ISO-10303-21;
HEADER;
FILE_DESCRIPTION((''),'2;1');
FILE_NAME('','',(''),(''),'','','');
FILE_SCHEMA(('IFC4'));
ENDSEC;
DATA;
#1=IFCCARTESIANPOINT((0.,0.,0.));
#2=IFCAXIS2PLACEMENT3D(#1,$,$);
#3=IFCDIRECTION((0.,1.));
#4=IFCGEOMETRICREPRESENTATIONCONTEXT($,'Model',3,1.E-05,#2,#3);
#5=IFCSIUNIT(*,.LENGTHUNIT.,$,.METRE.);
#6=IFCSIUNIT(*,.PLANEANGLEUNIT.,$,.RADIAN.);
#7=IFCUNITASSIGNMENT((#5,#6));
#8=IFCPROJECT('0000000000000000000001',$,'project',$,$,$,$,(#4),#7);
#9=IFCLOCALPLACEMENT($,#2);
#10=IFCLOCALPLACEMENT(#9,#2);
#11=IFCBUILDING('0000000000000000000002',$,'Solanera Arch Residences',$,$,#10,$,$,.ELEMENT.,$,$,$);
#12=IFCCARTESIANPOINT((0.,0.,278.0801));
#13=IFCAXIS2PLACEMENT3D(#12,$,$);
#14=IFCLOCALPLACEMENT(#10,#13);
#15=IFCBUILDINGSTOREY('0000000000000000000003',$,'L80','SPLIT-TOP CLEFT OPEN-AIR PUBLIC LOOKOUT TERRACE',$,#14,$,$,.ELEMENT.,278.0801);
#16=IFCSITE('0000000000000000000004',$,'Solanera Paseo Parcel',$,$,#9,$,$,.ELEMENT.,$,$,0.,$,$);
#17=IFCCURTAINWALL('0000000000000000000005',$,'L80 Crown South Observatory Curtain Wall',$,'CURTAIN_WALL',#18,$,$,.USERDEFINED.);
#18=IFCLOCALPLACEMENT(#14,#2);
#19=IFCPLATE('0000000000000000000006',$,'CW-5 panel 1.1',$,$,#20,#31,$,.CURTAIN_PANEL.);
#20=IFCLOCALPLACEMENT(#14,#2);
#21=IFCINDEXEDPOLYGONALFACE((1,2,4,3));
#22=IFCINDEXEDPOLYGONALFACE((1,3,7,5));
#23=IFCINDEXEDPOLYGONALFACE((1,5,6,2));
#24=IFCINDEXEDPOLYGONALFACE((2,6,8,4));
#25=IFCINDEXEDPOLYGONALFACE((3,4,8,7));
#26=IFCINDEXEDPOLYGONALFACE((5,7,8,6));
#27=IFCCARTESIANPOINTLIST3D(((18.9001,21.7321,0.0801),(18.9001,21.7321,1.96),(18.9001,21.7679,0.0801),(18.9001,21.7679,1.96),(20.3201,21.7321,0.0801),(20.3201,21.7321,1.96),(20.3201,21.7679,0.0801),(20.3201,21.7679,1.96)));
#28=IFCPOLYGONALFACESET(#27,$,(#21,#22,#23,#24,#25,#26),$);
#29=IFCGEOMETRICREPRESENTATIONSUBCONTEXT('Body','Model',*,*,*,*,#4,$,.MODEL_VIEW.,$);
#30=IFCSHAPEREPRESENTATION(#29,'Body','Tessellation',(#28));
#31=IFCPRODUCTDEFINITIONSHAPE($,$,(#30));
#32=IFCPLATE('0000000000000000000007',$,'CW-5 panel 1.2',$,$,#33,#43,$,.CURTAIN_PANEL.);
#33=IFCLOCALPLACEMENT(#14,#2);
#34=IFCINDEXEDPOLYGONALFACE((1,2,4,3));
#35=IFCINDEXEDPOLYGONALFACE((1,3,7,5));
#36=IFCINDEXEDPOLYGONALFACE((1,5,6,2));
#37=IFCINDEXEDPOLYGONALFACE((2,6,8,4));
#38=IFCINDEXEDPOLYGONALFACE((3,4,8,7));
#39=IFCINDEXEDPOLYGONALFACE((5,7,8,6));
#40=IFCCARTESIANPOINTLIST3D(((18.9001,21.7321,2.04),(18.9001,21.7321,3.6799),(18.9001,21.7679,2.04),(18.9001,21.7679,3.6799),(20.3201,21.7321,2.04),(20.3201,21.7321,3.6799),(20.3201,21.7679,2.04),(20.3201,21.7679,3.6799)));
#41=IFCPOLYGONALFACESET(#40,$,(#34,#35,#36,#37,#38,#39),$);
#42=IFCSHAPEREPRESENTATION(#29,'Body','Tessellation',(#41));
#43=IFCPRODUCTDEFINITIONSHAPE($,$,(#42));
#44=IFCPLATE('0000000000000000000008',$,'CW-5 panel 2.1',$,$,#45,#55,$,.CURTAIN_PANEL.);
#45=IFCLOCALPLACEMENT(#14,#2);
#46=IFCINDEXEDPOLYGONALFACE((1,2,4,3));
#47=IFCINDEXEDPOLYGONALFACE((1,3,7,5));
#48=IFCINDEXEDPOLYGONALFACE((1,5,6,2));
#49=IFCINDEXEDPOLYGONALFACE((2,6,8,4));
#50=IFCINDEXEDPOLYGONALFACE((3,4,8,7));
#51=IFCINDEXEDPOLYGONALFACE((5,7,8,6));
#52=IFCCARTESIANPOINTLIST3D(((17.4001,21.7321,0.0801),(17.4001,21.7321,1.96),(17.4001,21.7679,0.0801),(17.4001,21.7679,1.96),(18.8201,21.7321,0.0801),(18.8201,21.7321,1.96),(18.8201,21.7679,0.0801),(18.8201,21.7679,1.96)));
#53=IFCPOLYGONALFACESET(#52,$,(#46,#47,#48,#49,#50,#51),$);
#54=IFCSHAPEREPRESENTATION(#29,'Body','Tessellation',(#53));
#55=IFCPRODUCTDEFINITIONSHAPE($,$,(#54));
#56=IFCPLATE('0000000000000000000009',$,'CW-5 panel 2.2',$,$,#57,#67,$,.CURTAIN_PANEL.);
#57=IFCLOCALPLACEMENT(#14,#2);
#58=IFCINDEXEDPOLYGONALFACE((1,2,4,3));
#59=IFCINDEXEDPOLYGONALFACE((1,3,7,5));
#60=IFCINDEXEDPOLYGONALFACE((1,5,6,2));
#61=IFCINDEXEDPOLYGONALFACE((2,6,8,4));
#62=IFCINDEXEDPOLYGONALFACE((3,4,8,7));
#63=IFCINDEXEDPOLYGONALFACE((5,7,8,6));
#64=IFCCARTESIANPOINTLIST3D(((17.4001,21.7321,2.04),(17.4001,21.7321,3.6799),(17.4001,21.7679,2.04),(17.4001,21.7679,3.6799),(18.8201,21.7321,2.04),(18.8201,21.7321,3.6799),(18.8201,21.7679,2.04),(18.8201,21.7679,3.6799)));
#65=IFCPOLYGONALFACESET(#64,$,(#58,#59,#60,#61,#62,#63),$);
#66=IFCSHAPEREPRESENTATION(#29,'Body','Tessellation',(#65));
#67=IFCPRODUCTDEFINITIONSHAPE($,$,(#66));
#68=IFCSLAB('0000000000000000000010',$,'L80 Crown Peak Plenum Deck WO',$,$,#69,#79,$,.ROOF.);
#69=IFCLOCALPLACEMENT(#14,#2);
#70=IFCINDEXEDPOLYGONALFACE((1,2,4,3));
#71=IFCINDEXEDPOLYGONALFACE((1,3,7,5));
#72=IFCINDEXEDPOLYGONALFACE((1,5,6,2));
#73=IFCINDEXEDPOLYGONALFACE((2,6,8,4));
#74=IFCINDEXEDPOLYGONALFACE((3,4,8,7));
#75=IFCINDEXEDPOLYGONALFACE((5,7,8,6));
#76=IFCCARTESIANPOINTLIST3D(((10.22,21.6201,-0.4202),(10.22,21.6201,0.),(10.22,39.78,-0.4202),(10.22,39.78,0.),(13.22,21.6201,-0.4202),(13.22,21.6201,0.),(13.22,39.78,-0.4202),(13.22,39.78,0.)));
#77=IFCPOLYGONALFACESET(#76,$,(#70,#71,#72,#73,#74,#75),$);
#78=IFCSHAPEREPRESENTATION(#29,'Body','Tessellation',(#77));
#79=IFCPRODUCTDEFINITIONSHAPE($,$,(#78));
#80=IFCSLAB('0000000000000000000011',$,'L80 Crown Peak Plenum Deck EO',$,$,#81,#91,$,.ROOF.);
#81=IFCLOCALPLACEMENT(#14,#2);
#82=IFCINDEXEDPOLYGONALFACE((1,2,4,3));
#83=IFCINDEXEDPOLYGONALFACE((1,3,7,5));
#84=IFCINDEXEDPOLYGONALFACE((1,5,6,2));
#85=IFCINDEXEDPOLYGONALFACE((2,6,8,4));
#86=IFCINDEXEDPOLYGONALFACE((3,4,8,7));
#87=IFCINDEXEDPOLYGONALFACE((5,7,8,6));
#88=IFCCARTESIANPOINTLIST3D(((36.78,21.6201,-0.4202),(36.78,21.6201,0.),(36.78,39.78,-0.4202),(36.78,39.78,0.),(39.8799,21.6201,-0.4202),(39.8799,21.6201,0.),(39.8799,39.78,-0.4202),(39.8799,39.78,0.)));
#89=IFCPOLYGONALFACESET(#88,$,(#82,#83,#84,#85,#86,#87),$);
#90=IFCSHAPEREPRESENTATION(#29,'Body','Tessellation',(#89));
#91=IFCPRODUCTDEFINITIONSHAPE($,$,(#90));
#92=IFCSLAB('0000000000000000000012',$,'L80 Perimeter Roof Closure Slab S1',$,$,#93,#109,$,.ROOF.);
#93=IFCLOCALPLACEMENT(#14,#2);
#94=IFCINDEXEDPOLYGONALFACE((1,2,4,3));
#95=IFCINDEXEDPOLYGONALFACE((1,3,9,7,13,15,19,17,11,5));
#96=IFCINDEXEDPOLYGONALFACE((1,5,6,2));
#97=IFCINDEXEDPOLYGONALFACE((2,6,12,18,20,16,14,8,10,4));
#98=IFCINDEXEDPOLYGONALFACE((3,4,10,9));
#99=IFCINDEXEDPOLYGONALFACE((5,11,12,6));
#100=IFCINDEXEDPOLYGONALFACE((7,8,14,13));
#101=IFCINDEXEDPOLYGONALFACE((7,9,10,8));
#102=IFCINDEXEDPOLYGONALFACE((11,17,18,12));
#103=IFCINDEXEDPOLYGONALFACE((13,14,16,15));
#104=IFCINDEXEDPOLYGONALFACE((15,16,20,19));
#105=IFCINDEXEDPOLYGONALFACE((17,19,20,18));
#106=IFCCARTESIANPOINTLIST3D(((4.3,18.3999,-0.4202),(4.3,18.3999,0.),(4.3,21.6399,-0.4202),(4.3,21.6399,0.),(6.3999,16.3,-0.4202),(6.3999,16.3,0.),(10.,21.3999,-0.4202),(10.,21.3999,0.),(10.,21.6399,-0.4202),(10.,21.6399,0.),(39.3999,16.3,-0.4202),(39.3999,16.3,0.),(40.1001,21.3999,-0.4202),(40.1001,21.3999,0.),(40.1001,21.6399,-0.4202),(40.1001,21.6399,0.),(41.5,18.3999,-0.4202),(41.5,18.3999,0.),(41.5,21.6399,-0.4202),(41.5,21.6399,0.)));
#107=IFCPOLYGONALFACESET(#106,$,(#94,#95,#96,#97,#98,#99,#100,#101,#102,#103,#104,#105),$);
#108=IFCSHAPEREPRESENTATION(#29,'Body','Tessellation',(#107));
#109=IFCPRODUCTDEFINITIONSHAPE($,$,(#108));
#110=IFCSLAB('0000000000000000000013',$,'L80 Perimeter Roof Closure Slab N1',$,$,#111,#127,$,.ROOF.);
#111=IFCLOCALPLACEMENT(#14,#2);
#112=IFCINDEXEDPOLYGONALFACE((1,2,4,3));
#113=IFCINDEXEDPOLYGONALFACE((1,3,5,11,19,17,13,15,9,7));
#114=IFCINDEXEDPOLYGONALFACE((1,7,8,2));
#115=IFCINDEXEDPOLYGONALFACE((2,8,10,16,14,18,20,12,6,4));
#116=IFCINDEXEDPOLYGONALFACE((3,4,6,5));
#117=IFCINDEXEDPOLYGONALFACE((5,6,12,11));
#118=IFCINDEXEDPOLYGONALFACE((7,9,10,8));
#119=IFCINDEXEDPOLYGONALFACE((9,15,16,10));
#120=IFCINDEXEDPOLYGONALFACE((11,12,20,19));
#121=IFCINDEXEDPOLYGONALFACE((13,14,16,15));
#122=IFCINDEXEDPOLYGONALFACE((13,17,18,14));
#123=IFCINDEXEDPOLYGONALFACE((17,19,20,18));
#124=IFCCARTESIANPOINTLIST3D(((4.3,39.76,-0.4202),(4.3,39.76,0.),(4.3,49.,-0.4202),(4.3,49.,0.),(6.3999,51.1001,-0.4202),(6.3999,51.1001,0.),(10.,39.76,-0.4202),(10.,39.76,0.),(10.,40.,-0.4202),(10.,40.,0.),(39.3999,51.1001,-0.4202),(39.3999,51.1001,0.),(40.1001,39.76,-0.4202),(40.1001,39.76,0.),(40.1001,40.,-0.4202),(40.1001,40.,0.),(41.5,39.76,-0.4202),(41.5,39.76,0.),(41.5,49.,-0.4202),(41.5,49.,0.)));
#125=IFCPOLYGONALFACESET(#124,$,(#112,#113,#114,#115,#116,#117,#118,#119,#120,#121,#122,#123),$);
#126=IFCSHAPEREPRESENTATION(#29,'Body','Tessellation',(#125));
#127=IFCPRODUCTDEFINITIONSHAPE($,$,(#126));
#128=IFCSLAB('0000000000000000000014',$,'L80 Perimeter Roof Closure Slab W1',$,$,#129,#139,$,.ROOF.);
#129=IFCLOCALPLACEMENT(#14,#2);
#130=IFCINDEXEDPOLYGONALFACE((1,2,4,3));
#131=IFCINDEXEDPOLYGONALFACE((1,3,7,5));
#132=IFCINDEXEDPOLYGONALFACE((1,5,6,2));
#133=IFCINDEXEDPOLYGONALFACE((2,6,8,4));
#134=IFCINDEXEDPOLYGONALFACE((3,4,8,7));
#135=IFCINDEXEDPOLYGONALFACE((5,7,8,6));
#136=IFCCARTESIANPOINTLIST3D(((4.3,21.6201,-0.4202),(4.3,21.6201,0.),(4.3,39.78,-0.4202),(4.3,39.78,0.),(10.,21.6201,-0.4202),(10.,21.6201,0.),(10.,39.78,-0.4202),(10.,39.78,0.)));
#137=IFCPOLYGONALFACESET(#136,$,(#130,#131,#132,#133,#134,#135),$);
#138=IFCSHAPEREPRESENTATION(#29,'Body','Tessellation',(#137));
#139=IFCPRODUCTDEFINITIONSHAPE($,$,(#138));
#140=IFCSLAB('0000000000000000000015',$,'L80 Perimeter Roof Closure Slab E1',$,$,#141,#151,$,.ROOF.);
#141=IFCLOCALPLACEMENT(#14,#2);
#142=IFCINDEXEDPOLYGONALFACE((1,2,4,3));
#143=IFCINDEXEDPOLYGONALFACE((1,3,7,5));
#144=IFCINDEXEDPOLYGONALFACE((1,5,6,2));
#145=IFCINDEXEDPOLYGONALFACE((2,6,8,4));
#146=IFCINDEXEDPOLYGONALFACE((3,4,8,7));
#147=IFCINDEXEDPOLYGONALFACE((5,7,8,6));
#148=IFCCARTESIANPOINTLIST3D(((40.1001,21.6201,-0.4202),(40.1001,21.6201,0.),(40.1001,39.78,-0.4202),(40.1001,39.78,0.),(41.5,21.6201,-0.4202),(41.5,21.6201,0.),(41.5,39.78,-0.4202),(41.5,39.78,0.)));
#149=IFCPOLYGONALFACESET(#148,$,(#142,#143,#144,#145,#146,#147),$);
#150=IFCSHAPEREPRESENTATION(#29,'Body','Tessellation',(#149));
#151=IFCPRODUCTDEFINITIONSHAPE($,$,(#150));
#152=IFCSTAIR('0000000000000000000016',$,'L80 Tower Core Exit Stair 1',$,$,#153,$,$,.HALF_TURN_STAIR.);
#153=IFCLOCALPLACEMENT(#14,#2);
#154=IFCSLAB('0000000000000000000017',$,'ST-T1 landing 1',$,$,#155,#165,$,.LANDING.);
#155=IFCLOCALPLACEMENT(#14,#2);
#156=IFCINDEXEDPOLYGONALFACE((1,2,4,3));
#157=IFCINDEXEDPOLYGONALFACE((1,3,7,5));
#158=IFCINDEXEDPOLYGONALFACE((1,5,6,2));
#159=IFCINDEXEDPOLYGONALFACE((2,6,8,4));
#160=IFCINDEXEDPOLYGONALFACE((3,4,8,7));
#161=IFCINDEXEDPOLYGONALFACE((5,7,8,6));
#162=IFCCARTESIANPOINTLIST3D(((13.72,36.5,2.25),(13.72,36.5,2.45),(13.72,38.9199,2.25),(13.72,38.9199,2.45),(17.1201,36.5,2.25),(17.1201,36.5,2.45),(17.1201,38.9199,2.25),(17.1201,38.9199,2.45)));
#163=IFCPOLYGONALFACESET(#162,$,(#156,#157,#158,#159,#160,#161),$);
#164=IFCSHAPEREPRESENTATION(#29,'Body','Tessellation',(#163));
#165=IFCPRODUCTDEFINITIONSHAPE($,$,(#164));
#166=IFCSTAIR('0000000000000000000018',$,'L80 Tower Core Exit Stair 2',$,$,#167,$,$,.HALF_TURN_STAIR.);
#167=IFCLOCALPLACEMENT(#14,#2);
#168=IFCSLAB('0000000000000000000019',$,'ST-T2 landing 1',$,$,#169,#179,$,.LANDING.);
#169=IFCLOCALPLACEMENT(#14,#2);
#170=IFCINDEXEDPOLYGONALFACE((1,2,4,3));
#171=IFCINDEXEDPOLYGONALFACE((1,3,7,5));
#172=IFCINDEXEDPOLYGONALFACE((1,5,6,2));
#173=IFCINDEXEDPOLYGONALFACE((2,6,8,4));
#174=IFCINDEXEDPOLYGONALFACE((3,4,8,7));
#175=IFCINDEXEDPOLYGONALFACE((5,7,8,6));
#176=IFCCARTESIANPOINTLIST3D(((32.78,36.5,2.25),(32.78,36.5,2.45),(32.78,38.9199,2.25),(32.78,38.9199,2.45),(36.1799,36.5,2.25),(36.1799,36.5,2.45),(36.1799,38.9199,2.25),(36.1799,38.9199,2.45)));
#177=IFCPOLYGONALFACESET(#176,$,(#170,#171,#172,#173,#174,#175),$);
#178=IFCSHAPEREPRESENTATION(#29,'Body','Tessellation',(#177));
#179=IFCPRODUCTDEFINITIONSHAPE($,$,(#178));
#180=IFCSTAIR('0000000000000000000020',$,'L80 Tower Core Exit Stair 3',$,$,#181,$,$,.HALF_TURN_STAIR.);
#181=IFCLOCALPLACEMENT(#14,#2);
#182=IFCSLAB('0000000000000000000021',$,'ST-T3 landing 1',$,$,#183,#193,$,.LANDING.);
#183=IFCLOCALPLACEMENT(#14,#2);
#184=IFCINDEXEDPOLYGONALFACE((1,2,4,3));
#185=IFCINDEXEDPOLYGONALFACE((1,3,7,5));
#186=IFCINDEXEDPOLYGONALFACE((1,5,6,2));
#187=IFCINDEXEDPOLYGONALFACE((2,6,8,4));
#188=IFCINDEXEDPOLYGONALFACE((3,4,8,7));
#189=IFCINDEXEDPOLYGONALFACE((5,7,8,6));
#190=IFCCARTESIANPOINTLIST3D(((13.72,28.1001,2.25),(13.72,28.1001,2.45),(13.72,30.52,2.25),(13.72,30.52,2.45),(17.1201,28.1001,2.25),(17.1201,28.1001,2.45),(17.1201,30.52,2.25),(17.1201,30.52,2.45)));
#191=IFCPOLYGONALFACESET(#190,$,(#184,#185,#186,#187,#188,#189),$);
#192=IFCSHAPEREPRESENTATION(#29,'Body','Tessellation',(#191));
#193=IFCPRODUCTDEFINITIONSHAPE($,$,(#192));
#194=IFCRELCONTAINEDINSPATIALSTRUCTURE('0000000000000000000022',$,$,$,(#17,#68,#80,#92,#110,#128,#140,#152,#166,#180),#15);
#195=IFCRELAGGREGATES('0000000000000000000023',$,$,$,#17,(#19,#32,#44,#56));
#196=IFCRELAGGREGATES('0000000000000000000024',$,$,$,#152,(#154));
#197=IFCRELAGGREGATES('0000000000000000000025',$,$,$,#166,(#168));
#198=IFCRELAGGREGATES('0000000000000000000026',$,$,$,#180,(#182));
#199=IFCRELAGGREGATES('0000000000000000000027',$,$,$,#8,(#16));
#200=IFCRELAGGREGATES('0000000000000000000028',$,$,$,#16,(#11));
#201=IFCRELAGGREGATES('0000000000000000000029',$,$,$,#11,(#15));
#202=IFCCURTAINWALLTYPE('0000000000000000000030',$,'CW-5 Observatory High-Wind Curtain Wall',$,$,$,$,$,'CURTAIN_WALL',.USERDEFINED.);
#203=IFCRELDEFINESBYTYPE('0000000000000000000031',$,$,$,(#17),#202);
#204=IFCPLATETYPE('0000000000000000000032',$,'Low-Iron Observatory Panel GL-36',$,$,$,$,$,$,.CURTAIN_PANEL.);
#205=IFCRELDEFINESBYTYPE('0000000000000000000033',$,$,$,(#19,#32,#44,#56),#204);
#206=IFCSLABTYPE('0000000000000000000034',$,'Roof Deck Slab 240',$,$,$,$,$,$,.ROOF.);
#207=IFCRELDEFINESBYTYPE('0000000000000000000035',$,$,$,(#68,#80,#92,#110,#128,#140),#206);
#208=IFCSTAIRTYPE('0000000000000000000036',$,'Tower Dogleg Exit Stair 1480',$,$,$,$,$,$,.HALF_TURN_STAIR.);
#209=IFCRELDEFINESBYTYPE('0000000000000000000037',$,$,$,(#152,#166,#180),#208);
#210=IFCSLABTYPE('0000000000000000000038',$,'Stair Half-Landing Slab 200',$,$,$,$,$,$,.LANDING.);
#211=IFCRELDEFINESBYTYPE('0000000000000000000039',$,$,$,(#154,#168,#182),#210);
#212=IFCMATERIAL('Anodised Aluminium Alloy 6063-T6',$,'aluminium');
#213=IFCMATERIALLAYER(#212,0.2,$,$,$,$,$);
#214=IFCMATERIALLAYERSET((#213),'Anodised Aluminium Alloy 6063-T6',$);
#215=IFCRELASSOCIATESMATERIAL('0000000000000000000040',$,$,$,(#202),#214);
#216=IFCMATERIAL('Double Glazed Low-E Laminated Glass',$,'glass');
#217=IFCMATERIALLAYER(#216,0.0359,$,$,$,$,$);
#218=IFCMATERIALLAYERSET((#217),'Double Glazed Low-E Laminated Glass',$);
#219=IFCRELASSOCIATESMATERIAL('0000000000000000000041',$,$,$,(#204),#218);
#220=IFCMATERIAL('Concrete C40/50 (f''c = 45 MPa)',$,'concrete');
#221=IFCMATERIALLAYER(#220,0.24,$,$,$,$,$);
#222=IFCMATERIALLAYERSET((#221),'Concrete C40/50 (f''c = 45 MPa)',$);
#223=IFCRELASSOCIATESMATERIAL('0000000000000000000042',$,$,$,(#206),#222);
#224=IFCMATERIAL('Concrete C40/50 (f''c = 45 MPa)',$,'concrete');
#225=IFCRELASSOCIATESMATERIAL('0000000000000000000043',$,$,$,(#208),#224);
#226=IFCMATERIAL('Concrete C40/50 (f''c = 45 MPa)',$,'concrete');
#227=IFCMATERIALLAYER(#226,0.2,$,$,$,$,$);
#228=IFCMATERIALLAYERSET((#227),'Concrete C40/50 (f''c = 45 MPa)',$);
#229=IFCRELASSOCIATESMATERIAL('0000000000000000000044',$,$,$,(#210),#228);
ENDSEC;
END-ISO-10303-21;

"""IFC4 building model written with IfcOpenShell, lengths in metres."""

from ifc_helpers import new_model, si_unit, direction, frame, origin, origin_2d, place, context, subcontext, project, spatial, polyline, rectangle, outline, extrude, material, layer, layer_set, type_object, element, aggregate, save


model = new_model("IFC4")

# Units and contexts
model_context = context("Model", 3, precision=1e-05, world=origin(), true_north=direction((0.0, 1.0)))
body_context = subcontext(model_context, "Body", "Model", "MODEL_VIEW")
ifc_project = project(units=[si_unit("LENGTHUNIT", "METRE"), si_unit("PLANEANGLEUNIT", "RADIAN")], contexts=[model_context])

# Site, building, storey
site_placement = place(None, origin())
site = spatial("IfcSite", under=ifc_project, at=site_placement, Name="Solanera Paseo Parcel", CompositionType="ELEMENT", RefElevation=0.0)
building_placement = place(site_placement, origin())
building = spatial("IfcBuilding", under=site, at=building_placement, Name="Solanera Arch Residences", CompositionType="ELEMENT")
storey_placement = place(building_placement, frame((0.0, 0.0, 278.0801)))
storey = spatial("IfcBuildingStorey", under=building, at=storey_placement, Name="L80", Description="SPLIT-TOP CLEFT OPEN-AIR PUBLIC LOOKOUT TERRACE", CompositionType="ELEMENT", Elevation=278.0801)

# Curtain wall
ifc_material_1 = material(Name="Anodised Aluminium Alloy 6063-T6", Category="aluminium")
ifc_layer_1 = layer(ifc_material_1, 0.2)
ifc_layer_set_1 = layer_set([ifc_layer_1], Name="Anodised Aluminium Alloy 6063-T6")
curtain_wall_type = type_object("IfcCurtainWallType", Name="CW-5 Observatory High-Wind Curtain Wall", ElementType="CURTAIN_WALL", PredefinedType="USERDEFINED", material=ifc_layer_set_1)
curtain_wall_placement = place(storey_placement, origin())
curtain_wall = element("IfcCurtainWall", 1, at=curtain_wall_placement, inside=storey, type_object=curtain_wall_type, Name="L80 Crown South Observatory Curtain Wall", ObjectType="CURTAIN_WALL", PredefinedType="USERDEFINED")

# Plates
ifc_material_2 = material(Name="Double Glazed Low-E Laminated Glass", Category="glass")
ifc_layer_2 = layer(ifc_material_2, 0.0359)
ifc_layer_set_2 = layer_set([ifc_layer_2], Name="Double Glazed Low-E Laminated Glass")
plate_type = type_object("IfcPlateType", Name="Low-Iron Observatory Panel GL-36", PredefinedType="CURTAIN_PANEL", material=ifc_layer_set_2)
plate_1_placement = place(storey_placement, frame((19.6101, 21.75, 0.0801), z_axis=(0.0, 0.0, 1.0), x_axis=(-1.0, 0.0, 0.0)))
plate_1 = element("IfcPlate", 2, at=plate_1_placement, type_object=plate_type, Name="CW-5 panel 1.1", PredefinedType="CURTAIN_PANEL", context=body_context, shape_type="SweptSolid", body=[
    extrude(rectangle(XDim=1.4199, YDim=0.0359, at=origin_2d()), origin(), (0.0, 0.0, 1.0), 1.8799),
])
plate_2_placement = place(storey_placement, frame((19.6101, 21.75, 2.04), z_axis=(0.0, 0.0, 1.0), x_axis=(-1.0, 0.0, 0.0)))
plate_2 = element("IfcPlate", 3, at=plate_2_placement, type_object=plate_type, Name="CW-5 panel 1.2", PredefinedType="CURTAIN_PANEL", context=body_context, shape_type="SweptSolid", body=[
    extrude(rectangle(XDim=1.4199, YDim=0.0359, at=origin_2d()), origin(), (0.0, 0.0, 1.0), 1.6399),
])
plate_3_placement = place(storey_placement, frame((18.1101, 21.75, 0.0801), z_axis=(0.0, 0.0, 1.0), x_axis=(-1.0, 0.0, 0.0)))
plate_3 = element("IfcPlate", 4, at=plate_3_placement, type_object=plate_type, Name="CW-5 panel 2.1", PredefinedType="CURTAIN_PANEL", context=body_context, shape_type="SweptSolid", body=[
    extrude(rectangle(XDim=1.4199, YDim=0.0359, at=origin_2d()), origin(), (0.0, 0.0, 1.0), 1.8799),
])
plate_4_placement = place(storey_placement, frame((18.1101, 21.75, 2.04), z_axis=(0.0, 0.0, 1.0), x_axis=(-1.0, 0.0, 0.0)))
plate_4 = element("IfcPlate", 5, at=plate_4_placement, type_object=plate_type, Name="CW-5 panel 2.2", PredefinedType="CURTAIN_PANEL", context=body_context, shape_type="SweptSolid", body=[
    extrude(rectangle(XDim=1.4199, YDim=0.0359, at=origin_2d()), origin(), (0.0, 0.0, 1.0), 1.6399),
])
aggregate(curtain_wall, [plate_1, plate_2, plate_3, plate_4])

# Slabs
ifc_material_3 = material(Name="Concrete C40/50 (f'c = 45 MPa)", Category="concrete")
ifc_layer_3 = layer(ifc_material_3, 0.24)
ifc_layer_set_3 = layer_set([ifc_layer_3], Name="Concrete C40/50 (f'c = 45 MPa)")
slab_type_1 = type_object("IfcSlabType", Name="Roof Deck Slab 240", PredefinedType="ROOF", material=ifc_layer_set_3)
slab_1_placement = place(storey_placement, frame((0.0, 0.0, -0.4202)))
element("IfcSlab", 6, at=slab_1_placement, inside=storey, type_object=slab_type_1, Name="L80 Crown Peak Plenum Deck WO", PredefinedType="ROOF", context=body_context, shape_type="SweptSolid", body=[
    extrude(outline(polyline([(13.22, 21.6201), (13.22, 39.78), (10.22, 39.78), (10.22, 21.6201), (13.22, 21.6201)])), origin(), (0.0, 0.0, 1.0), 0.4202),
])
slab_2_placement = place(storey_placement, frame((0.0, 0.0, -0.4202)))
element("IfcSlab", 7, at=slab_2_placement, inside=storey, type_object=slab_type_1, Name="L80 Crown Peak Plenum Deck EO", PredefinedType="ROOF", context=body_context, shape_type="SweptSolid", body=[
    extrude(outline(polyline([(39.8799, 21.6201), (39.8799, 39.78), (36.78, 39.78), (36.78, 21.6201), (39.8799, 21.6201)])), origin(), (0.0, 0.0, 1.0), 0.4202),
])
slab_3_placement = place(storey_placement, frame((0.0, 0.0, -0.4202)))
element("IfcSlab", 8, at=slab_3_placement, inside=storey, type_object=slab_type_1, Name="L80 Perimeter Roof Closure Slab S1", PredefinedType="ROOF", context=body_context, shape_type="SweptSolid", body=[
    extrude(outline(polyline([(4.3, 18.3999), (6.3999, 16.3), (39.3999, 16.3), (41.5, 18.3999), (41.5, 21.6399), (40.1001, 21.6399), (40.1001, 21.3999), (10.0, 21.3999), (10.0, 21.6399), (4.3, 21.6399), (4.3, 18.3999)])), origin(), (0.0, 0.0, 1.0), 0.4202),
])
slab_4_placement = place(storey_placement, frame((0.0, 0.0, -0.4202)))
element("IfcSlab", 9, at=slab_4_placement, inside=storey, type_object=slab_type_1, Name="L80 Perimeter Roof Closure Slab N1", PredefinedType="ROOF", context=body_context, shape_type="SweptSolid", body=[
    extrude(outline(polyline([(4.3, 39.76), (10.0, 39.76), (10.0, 40.0), (40.1001, 40.0), (40.1001, 39.76), (41.5, 39.76), (41.5, 49.0), (39.3999, 51.1001), (6.3999, 51.1001), (4.3, 49.0), (4.3, 39.76)])), origin(), (0.0, 0.0, 1.0), 0.4202),
])
slab_5_placement = place(storey_placement, frame((0.0, 0.0, -0.4202)))
element("IfcSlab", 10, at=slab_5_placement, inside=storey, type_object=slab_type_1, Name="L80 Perimeter Roof Closure Slab W1", PredefinedType="ROOF", context=body_context, shape_type="SweptSolid", body=[
    extrude(outline(polyline([(4.3, 21.6201), (10.0, 21.6201), (10.0, 39.78), (4.3, 39.78), (4.3, 21.6201)])), origin(), (0.0, 0.0, 1.0), 0.4202),
])
slab_6_placement = place(storey_placement, frame((0.0, 0.0, -0.4202)))
element("IfcSlab", 11, at=slab_6_placement, inside=storey, type_object=slab_type_1, Name="L80 Perimeter Roof Closure Slab E1", PredefinedType="ROOF", context=body_context, shape_type="SweptSolid", body=[
    extrude(outline(polyline([(41.5, 39.78), (40.1001, 39.78), (40.1001, 21.6201), (41.5, 21.6201), (41.5, 39.78)])), origin(), (0.0, 0.0, 1.0), 0.4202),
])

# Stairs, slabs
ifc_material_4 = material(Name="Concrete C40/50 (f'c = 45 MPa)", Category="concrete")
stair_type = type_object("IfcStairType", Name="Tower Dogleg Exit Stair 1480", PredefinedType="HALF_TURN_STAIR", material=ifc_material_4)
stair_1_placement = place(storey_placement, origin())
stair_1 = element("IfcStair", 12, at=stair_1_placement, inside=storey, type_object=stair_type, Name="L80 Tower Core Exit Stair 1", PredefinedType="HALF_TURN_STAIR")
ifc_material_5 = material(Name="Concrete C40/50 (f'c = 45 MPa)", Category="concrete")
ifc_layer_4 = layer(ifc_material_5, 0.2)
ifc_layer_set_4 = layer_set([ifc_layer_4], Name="Concrete C40/50 (f'c = 45 MPa)")
slab_type_2 = type_object("IfcSlabType", Name="Stair Half-Landing Slab 200", PredefinedType="LANDING", material=ifc_layer_set_4)
slab_7_placement = place(storey_placement, frame((0.0, 0.0, 2.25)))
slab_7 = element("IfcSlab", 13, at=slab_7_placement, type_object=slab_type_2, Name="ST-T1 landing 1", PredefinedType="LANDING", context=body_context, shape_type="SweptSolid", body=[
    extrude(outline(polyline([(17.1201, 36.5), (17.1201, 38.9199), (13.72, 38.9199), (13.72, 36.5), (17.1201, 36.5)])), origin(), (0.0, 0.0, 1.0), 0.2),
])
aggregate(stair_1, [slab_7])
stair_2_placement = place(storey_placement, origin())
stair_2 = element("IfcStair", 14, at=stair_2_placement, inside=storey, type_object=stair_type, Name="L80 Tower Core Exit Stair 2", PredefinedType="HALF_TURN_STAIR")
slab_8_placement = place(storey_placement, frame((0.0, 0.0, 2.25)))
slab_8 = element("IfcSlab", 15, at=slab_8_placement, type_object=slab_type_2, Name="ST-T2 landing 1", PredefinedType="LANDING", context=body_context, shape_type="SweptSolid", body=[
    extrude(outline(polyline([(36.1799, 36.5), (36.1799, 38.9199), (32.78, 38.9199), (32.78, 36.5), (36.1799, 36.5)])), origin(), (0.0, 0.0, 1.0), 0.2),
])
aggregate(stair_2, [slab_8])
stair_3_placement = place(storey_placement, origin())
stair_3 = element("IfcStair", 16, at=stair_3_placement, inside=storey, type_object=stair_type, Name="L80 Tower Core Exit Stair 3", PredefinedType="HALF_TURN_STAIR")
slab_9_placement = place(storey_placement, frame((0.0, 0.0, 2.25)))
slab_9 = element("IfcSlab", 17, at=slab_9_placement, type_object=slab_type_2, Name="ST-T3 landing 1", PredefinedType="LANDING", context=body_context, shape_type="SweptSolid", body=[
    extrude(outline(polyline([(17.1201, 28.1001), (17.1201, 30.52), (13.72, 30.52), (13.72, 28.1001), (17.1201, 28.1001)])), origin(), (0.0, 0.0, 1.0), 0.2),
])
aggregate(stair_3, [slab_9])

save(model, "model.ifc")
